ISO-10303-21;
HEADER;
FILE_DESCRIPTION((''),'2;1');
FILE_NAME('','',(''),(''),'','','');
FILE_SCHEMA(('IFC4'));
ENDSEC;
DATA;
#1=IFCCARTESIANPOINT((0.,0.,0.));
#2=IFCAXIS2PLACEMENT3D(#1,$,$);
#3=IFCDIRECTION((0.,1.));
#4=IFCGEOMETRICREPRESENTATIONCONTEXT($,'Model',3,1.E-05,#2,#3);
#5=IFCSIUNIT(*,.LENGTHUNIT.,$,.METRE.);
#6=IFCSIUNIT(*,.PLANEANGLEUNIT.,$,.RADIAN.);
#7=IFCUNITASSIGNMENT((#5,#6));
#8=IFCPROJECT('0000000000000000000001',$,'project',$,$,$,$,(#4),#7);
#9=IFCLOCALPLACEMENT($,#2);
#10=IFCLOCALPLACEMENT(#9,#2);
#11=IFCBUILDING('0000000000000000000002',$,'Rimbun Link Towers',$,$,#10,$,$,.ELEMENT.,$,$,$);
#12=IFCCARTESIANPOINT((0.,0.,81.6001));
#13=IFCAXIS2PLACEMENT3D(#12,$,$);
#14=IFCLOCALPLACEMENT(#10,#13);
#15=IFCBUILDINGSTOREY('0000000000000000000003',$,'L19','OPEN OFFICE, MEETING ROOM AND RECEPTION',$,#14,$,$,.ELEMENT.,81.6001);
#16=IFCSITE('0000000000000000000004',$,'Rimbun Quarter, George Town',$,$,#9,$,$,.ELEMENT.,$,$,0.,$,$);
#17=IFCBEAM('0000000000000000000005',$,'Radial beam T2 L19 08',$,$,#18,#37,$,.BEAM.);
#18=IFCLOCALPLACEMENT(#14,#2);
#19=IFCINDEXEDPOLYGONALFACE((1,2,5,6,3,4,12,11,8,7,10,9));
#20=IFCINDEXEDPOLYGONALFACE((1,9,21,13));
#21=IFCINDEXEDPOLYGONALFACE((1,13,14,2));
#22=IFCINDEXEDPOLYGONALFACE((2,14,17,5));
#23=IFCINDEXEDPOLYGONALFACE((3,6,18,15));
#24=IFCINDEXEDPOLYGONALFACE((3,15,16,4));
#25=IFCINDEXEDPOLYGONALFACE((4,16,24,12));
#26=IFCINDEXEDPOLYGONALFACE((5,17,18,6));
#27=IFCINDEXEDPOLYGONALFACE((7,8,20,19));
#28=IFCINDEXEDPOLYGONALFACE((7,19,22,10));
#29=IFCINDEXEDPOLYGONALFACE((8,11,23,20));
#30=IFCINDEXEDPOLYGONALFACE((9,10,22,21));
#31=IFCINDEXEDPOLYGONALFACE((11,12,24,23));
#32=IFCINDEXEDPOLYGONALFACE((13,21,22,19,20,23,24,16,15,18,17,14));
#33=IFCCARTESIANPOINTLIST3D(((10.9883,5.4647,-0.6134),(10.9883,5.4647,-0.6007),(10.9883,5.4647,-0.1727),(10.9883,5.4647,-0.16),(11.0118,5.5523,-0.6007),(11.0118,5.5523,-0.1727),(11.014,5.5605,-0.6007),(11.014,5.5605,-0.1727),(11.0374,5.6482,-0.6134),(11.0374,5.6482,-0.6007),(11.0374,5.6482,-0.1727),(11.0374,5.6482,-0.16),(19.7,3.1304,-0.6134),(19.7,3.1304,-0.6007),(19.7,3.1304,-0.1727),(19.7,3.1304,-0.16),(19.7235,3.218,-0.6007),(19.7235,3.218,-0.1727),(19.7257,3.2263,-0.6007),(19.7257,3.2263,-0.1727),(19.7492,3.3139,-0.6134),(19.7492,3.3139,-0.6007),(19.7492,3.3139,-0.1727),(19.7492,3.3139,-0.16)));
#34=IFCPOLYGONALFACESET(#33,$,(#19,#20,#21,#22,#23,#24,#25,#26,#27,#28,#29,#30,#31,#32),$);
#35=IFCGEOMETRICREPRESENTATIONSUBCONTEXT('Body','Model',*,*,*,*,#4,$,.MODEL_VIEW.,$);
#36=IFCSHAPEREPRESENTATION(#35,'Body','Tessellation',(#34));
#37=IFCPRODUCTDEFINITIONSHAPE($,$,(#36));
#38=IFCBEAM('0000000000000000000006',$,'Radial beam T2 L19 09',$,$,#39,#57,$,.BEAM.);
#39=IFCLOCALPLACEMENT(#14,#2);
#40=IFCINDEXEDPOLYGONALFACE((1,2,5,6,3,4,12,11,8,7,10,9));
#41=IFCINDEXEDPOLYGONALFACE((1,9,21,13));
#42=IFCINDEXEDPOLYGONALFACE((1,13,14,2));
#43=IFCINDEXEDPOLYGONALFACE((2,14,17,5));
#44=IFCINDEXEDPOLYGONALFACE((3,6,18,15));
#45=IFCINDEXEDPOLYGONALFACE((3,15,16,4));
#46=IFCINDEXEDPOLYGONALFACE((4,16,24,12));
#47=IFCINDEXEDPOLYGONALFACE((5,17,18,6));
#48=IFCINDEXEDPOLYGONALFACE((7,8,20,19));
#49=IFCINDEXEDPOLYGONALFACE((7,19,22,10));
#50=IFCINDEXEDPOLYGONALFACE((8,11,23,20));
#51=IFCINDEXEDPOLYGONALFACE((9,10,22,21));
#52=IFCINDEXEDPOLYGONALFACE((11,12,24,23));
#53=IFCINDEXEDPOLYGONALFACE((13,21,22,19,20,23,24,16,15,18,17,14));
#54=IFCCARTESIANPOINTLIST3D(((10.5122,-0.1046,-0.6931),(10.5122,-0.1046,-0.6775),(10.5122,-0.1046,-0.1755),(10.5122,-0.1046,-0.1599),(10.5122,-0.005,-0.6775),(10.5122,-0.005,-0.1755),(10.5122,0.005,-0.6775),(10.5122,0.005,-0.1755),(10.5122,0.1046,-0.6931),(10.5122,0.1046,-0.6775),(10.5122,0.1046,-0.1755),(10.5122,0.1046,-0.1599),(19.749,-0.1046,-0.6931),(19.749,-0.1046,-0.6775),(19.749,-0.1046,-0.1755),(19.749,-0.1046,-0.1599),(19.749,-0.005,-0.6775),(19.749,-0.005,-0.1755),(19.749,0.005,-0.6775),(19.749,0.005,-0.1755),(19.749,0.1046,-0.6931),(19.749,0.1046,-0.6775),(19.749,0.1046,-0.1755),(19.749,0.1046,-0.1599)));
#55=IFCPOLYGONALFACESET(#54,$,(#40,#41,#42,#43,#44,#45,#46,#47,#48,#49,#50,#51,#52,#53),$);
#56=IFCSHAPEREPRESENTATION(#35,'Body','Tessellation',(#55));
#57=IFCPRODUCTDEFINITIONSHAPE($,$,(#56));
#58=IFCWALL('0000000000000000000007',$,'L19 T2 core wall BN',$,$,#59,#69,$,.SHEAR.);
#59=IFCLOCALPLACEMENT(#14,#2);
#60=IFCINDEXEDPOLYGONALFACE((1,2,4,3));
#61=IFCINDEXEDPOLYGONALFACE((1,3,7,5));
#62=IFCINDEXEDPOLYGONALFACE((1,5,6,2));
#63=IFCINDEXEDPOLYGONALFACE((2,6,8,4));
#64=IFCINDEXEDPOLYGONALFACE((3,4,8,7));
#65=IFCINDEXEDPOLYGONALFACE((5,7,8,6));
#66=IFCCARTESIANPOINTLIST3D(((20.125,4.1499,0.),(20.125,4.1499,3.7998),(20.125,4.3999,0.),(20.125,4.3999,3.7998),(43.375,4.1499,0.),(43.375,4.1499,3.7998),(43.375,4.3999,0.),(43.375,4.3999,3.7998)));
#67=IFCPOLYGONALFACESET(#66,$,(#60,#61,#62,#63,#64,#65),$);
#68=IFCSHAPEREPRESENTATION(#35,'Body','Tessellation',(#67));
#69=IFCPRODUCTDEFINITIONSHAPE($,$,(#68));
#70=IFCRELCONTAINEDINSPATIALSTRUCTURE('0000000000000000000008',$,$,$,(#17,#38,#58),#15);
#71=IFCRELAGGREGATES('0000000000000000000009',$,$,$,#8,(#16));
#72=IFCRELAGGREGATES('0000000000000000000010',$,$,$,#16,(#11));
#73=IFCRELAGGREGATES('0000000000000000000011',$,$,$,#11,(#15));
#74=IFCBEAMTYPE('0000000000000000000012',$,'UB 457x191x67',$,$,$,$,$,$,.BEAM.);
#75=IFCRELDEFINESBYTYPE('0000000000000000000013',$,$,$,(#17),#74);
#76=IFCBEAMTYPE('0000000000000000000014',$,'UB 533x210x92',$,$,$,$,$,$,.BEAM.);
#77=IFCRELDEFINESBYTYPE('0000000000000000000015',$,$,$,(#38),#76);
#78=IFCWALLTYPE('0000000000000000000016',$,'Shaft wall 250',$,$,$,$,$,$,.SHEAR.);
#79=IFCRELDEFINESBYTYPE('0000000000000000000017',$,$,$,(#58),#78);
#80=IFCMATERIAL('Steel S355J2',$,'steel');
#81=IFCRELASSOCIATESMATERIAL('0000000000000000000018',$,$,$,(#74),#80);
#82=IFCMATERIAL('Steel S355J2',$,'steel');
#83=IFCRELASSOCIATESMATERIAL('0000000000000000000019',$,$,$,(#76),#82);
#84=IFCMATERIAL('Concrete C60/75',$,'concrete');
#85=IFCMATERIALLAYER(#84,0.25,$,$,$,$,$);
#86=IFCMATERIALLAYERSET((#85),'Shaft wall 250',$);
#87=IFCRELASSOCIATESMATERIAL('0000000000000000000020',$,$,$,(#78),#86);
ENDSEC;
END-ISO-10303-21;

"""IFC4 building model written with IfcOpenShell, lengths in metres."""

from ifc_helpers import new_model, si_unit, direction, frame, frame_2d, origin, origin_2d, place, context, subcontext, project, spatial, rectangle, i_section, extrude, material, layer, layer_set, material_profile, profile_set, type_object, element, save


model = new_model("IFC4")

# Units and contexts
model_context = context("Model", 3, precision=1e-05, world=origin(), true_north=direction((0.0, 1.0)))
body_context = subcontext(model_context, "Body", "Model", "MODEL_VIEW")
ifc_project = project(units=[si_unit("LENGTHUNIT", "METRE"), si_unit("PLANEANGLEUNIT", "RADIAN")], contexts=[model_context])

# Site, building, storey
site_placement = place(None, origin())
site = spatial("IfcSite", under=ifc_project, at=site_placement, Name="Rimbun Quarter, George Town", CompositionType="ELEMENT", RefElevation=0.0)
building_placement = place(site_placement, origin())
building = spatial("IfcBuilding", under=site, at=building_placement, Name="Rimbun Link Towers", CompositionType="ELEMENT")
storey_placement = place(building_placement, frame((0.0, 0.0, 81.6001)))
storey = spatial("IfcBuildingStorey", under=building, at=storey_placement, Name="L19", Description="OPEN OFFICE, MEETING ROOM AND RECEPTION", CompositionType="ELEMENT", Elevation=81.6001)

# Beams
ifc_material_1 = material(Name="Steel S355J2", Category="steel")
ifc_material_profile_1 = material_profile(ifc_material_1, i_section(OverallWidth=0.1899, OverallDepth=0.4534, WebThickness=0.0085, FlangeThickness=0.0127, at=origin_2d()), Name="UB 457x191x67")
ifc_profile_set_1 = profile_set([ifc_material_profile_1], Name="Steel S355J2")
beam_type_1 = type_object("IfcBeamType", Name="UB 457x191x67", PredefinedType="BEAM", material=ifc_profile_set_1)
beam_1_placement = place(storey_placement, frame((19.7246, 3.2222, -0.3867), z_axis=(-0.965927, 0.258813, 0.0), x_axis=(-0.258813, -0.965927, 0.0)))
element("IfcBeam", 1, at=beam_1_placement, inside=storey, type_object=beam_type_1, Name="Radial beam T2 L19 08", PredefinedType="BEAM", context=body_context, shape_type="SweptSolid", body=[
    extrude(i_section(OverallWidth=0.1899, OverallDepth=0.4534, WebThickness=0.0085, FlangeThickness=0.0127, at=origin_2d()), origin(), (0.0, 0.0, 1.0), 9.019),
])
ifc_material_2 = material(Name="Steel S355J2", Category="steel")
ifc_material_profile_2 = material_profile(ifc_material_2, i_section(OverallWidth=0.2092, OverallDepth=0.5332, WebThickness=0.01, FlangeThickness=0.0156, at=origin_2d()), Name="UB 533x210x92")
ifc_profile_set_2 = profile_set([ifc_material_profile_2], Name="Steel S355J2")
beam_type_2 = type_object("IfcBeamType", Name="UB 533x210x92", PredefinedType="BEAM", material=ifc_profile_set_2)
beam_2_placement = place(storey_placement, frame((19.749, 0.0, -0.4265), z_axis=(-1.0, 0.0, 0.0), x_axis=(0.0, -1.0, 0.0)))
element("IfcBeam", 2, at=beam_2_placement, inside=storey, type_object=beam_type_2, Name="Radial beam T2 L19 09", PredefinedType="BEAM", context=body_context, shape_type="SweptSolid", body=[
    extrude(i_section(OverallWidth=0.2092, OverallDepth=0.5332, WebThickness=0.01, FlangeThickness=0.0156, at=origin_2d()), origin(), (0.0, 0.0, 1.0), 9.2368),
])

# Wall
ifc_material_3 = material(Name="Concrete C60/75", Category="concrete")
ifc_layer_1 = layer(ifc_material_3, 0.25)
ifc_layer_set_1 = layer_set([ifc_layer_1], Name="Shaft wall 250")
wall_type_1 = type_object("IfcWallType", Name="Shaft wall 250", PredefinedType="SHEAR", material=ifc_layer_set_1)
wall_1_placement = place(storey_placement, frame((20.125, 4.2749, 0.0), z_axis=(0.0, 0.0, 1.0), x_axis=(1.0, 0.0, 0.0)))
element("IfcWall", 3, at=wall_1_placement, inside=storey, type_object=wall_type_1, Name="L19 T2 core wall BN", PredefinedType="SHEAR", context=body_context, shape_type="SweptSolid", body=[
    extrude(rectangle(XDim=23.25, YDim=0.25, at=frame_2d((11.625, 0.0))), origin(), (0.0, 0.0, 1.0), 3.7998),
])

save(model, "model.ifc")
